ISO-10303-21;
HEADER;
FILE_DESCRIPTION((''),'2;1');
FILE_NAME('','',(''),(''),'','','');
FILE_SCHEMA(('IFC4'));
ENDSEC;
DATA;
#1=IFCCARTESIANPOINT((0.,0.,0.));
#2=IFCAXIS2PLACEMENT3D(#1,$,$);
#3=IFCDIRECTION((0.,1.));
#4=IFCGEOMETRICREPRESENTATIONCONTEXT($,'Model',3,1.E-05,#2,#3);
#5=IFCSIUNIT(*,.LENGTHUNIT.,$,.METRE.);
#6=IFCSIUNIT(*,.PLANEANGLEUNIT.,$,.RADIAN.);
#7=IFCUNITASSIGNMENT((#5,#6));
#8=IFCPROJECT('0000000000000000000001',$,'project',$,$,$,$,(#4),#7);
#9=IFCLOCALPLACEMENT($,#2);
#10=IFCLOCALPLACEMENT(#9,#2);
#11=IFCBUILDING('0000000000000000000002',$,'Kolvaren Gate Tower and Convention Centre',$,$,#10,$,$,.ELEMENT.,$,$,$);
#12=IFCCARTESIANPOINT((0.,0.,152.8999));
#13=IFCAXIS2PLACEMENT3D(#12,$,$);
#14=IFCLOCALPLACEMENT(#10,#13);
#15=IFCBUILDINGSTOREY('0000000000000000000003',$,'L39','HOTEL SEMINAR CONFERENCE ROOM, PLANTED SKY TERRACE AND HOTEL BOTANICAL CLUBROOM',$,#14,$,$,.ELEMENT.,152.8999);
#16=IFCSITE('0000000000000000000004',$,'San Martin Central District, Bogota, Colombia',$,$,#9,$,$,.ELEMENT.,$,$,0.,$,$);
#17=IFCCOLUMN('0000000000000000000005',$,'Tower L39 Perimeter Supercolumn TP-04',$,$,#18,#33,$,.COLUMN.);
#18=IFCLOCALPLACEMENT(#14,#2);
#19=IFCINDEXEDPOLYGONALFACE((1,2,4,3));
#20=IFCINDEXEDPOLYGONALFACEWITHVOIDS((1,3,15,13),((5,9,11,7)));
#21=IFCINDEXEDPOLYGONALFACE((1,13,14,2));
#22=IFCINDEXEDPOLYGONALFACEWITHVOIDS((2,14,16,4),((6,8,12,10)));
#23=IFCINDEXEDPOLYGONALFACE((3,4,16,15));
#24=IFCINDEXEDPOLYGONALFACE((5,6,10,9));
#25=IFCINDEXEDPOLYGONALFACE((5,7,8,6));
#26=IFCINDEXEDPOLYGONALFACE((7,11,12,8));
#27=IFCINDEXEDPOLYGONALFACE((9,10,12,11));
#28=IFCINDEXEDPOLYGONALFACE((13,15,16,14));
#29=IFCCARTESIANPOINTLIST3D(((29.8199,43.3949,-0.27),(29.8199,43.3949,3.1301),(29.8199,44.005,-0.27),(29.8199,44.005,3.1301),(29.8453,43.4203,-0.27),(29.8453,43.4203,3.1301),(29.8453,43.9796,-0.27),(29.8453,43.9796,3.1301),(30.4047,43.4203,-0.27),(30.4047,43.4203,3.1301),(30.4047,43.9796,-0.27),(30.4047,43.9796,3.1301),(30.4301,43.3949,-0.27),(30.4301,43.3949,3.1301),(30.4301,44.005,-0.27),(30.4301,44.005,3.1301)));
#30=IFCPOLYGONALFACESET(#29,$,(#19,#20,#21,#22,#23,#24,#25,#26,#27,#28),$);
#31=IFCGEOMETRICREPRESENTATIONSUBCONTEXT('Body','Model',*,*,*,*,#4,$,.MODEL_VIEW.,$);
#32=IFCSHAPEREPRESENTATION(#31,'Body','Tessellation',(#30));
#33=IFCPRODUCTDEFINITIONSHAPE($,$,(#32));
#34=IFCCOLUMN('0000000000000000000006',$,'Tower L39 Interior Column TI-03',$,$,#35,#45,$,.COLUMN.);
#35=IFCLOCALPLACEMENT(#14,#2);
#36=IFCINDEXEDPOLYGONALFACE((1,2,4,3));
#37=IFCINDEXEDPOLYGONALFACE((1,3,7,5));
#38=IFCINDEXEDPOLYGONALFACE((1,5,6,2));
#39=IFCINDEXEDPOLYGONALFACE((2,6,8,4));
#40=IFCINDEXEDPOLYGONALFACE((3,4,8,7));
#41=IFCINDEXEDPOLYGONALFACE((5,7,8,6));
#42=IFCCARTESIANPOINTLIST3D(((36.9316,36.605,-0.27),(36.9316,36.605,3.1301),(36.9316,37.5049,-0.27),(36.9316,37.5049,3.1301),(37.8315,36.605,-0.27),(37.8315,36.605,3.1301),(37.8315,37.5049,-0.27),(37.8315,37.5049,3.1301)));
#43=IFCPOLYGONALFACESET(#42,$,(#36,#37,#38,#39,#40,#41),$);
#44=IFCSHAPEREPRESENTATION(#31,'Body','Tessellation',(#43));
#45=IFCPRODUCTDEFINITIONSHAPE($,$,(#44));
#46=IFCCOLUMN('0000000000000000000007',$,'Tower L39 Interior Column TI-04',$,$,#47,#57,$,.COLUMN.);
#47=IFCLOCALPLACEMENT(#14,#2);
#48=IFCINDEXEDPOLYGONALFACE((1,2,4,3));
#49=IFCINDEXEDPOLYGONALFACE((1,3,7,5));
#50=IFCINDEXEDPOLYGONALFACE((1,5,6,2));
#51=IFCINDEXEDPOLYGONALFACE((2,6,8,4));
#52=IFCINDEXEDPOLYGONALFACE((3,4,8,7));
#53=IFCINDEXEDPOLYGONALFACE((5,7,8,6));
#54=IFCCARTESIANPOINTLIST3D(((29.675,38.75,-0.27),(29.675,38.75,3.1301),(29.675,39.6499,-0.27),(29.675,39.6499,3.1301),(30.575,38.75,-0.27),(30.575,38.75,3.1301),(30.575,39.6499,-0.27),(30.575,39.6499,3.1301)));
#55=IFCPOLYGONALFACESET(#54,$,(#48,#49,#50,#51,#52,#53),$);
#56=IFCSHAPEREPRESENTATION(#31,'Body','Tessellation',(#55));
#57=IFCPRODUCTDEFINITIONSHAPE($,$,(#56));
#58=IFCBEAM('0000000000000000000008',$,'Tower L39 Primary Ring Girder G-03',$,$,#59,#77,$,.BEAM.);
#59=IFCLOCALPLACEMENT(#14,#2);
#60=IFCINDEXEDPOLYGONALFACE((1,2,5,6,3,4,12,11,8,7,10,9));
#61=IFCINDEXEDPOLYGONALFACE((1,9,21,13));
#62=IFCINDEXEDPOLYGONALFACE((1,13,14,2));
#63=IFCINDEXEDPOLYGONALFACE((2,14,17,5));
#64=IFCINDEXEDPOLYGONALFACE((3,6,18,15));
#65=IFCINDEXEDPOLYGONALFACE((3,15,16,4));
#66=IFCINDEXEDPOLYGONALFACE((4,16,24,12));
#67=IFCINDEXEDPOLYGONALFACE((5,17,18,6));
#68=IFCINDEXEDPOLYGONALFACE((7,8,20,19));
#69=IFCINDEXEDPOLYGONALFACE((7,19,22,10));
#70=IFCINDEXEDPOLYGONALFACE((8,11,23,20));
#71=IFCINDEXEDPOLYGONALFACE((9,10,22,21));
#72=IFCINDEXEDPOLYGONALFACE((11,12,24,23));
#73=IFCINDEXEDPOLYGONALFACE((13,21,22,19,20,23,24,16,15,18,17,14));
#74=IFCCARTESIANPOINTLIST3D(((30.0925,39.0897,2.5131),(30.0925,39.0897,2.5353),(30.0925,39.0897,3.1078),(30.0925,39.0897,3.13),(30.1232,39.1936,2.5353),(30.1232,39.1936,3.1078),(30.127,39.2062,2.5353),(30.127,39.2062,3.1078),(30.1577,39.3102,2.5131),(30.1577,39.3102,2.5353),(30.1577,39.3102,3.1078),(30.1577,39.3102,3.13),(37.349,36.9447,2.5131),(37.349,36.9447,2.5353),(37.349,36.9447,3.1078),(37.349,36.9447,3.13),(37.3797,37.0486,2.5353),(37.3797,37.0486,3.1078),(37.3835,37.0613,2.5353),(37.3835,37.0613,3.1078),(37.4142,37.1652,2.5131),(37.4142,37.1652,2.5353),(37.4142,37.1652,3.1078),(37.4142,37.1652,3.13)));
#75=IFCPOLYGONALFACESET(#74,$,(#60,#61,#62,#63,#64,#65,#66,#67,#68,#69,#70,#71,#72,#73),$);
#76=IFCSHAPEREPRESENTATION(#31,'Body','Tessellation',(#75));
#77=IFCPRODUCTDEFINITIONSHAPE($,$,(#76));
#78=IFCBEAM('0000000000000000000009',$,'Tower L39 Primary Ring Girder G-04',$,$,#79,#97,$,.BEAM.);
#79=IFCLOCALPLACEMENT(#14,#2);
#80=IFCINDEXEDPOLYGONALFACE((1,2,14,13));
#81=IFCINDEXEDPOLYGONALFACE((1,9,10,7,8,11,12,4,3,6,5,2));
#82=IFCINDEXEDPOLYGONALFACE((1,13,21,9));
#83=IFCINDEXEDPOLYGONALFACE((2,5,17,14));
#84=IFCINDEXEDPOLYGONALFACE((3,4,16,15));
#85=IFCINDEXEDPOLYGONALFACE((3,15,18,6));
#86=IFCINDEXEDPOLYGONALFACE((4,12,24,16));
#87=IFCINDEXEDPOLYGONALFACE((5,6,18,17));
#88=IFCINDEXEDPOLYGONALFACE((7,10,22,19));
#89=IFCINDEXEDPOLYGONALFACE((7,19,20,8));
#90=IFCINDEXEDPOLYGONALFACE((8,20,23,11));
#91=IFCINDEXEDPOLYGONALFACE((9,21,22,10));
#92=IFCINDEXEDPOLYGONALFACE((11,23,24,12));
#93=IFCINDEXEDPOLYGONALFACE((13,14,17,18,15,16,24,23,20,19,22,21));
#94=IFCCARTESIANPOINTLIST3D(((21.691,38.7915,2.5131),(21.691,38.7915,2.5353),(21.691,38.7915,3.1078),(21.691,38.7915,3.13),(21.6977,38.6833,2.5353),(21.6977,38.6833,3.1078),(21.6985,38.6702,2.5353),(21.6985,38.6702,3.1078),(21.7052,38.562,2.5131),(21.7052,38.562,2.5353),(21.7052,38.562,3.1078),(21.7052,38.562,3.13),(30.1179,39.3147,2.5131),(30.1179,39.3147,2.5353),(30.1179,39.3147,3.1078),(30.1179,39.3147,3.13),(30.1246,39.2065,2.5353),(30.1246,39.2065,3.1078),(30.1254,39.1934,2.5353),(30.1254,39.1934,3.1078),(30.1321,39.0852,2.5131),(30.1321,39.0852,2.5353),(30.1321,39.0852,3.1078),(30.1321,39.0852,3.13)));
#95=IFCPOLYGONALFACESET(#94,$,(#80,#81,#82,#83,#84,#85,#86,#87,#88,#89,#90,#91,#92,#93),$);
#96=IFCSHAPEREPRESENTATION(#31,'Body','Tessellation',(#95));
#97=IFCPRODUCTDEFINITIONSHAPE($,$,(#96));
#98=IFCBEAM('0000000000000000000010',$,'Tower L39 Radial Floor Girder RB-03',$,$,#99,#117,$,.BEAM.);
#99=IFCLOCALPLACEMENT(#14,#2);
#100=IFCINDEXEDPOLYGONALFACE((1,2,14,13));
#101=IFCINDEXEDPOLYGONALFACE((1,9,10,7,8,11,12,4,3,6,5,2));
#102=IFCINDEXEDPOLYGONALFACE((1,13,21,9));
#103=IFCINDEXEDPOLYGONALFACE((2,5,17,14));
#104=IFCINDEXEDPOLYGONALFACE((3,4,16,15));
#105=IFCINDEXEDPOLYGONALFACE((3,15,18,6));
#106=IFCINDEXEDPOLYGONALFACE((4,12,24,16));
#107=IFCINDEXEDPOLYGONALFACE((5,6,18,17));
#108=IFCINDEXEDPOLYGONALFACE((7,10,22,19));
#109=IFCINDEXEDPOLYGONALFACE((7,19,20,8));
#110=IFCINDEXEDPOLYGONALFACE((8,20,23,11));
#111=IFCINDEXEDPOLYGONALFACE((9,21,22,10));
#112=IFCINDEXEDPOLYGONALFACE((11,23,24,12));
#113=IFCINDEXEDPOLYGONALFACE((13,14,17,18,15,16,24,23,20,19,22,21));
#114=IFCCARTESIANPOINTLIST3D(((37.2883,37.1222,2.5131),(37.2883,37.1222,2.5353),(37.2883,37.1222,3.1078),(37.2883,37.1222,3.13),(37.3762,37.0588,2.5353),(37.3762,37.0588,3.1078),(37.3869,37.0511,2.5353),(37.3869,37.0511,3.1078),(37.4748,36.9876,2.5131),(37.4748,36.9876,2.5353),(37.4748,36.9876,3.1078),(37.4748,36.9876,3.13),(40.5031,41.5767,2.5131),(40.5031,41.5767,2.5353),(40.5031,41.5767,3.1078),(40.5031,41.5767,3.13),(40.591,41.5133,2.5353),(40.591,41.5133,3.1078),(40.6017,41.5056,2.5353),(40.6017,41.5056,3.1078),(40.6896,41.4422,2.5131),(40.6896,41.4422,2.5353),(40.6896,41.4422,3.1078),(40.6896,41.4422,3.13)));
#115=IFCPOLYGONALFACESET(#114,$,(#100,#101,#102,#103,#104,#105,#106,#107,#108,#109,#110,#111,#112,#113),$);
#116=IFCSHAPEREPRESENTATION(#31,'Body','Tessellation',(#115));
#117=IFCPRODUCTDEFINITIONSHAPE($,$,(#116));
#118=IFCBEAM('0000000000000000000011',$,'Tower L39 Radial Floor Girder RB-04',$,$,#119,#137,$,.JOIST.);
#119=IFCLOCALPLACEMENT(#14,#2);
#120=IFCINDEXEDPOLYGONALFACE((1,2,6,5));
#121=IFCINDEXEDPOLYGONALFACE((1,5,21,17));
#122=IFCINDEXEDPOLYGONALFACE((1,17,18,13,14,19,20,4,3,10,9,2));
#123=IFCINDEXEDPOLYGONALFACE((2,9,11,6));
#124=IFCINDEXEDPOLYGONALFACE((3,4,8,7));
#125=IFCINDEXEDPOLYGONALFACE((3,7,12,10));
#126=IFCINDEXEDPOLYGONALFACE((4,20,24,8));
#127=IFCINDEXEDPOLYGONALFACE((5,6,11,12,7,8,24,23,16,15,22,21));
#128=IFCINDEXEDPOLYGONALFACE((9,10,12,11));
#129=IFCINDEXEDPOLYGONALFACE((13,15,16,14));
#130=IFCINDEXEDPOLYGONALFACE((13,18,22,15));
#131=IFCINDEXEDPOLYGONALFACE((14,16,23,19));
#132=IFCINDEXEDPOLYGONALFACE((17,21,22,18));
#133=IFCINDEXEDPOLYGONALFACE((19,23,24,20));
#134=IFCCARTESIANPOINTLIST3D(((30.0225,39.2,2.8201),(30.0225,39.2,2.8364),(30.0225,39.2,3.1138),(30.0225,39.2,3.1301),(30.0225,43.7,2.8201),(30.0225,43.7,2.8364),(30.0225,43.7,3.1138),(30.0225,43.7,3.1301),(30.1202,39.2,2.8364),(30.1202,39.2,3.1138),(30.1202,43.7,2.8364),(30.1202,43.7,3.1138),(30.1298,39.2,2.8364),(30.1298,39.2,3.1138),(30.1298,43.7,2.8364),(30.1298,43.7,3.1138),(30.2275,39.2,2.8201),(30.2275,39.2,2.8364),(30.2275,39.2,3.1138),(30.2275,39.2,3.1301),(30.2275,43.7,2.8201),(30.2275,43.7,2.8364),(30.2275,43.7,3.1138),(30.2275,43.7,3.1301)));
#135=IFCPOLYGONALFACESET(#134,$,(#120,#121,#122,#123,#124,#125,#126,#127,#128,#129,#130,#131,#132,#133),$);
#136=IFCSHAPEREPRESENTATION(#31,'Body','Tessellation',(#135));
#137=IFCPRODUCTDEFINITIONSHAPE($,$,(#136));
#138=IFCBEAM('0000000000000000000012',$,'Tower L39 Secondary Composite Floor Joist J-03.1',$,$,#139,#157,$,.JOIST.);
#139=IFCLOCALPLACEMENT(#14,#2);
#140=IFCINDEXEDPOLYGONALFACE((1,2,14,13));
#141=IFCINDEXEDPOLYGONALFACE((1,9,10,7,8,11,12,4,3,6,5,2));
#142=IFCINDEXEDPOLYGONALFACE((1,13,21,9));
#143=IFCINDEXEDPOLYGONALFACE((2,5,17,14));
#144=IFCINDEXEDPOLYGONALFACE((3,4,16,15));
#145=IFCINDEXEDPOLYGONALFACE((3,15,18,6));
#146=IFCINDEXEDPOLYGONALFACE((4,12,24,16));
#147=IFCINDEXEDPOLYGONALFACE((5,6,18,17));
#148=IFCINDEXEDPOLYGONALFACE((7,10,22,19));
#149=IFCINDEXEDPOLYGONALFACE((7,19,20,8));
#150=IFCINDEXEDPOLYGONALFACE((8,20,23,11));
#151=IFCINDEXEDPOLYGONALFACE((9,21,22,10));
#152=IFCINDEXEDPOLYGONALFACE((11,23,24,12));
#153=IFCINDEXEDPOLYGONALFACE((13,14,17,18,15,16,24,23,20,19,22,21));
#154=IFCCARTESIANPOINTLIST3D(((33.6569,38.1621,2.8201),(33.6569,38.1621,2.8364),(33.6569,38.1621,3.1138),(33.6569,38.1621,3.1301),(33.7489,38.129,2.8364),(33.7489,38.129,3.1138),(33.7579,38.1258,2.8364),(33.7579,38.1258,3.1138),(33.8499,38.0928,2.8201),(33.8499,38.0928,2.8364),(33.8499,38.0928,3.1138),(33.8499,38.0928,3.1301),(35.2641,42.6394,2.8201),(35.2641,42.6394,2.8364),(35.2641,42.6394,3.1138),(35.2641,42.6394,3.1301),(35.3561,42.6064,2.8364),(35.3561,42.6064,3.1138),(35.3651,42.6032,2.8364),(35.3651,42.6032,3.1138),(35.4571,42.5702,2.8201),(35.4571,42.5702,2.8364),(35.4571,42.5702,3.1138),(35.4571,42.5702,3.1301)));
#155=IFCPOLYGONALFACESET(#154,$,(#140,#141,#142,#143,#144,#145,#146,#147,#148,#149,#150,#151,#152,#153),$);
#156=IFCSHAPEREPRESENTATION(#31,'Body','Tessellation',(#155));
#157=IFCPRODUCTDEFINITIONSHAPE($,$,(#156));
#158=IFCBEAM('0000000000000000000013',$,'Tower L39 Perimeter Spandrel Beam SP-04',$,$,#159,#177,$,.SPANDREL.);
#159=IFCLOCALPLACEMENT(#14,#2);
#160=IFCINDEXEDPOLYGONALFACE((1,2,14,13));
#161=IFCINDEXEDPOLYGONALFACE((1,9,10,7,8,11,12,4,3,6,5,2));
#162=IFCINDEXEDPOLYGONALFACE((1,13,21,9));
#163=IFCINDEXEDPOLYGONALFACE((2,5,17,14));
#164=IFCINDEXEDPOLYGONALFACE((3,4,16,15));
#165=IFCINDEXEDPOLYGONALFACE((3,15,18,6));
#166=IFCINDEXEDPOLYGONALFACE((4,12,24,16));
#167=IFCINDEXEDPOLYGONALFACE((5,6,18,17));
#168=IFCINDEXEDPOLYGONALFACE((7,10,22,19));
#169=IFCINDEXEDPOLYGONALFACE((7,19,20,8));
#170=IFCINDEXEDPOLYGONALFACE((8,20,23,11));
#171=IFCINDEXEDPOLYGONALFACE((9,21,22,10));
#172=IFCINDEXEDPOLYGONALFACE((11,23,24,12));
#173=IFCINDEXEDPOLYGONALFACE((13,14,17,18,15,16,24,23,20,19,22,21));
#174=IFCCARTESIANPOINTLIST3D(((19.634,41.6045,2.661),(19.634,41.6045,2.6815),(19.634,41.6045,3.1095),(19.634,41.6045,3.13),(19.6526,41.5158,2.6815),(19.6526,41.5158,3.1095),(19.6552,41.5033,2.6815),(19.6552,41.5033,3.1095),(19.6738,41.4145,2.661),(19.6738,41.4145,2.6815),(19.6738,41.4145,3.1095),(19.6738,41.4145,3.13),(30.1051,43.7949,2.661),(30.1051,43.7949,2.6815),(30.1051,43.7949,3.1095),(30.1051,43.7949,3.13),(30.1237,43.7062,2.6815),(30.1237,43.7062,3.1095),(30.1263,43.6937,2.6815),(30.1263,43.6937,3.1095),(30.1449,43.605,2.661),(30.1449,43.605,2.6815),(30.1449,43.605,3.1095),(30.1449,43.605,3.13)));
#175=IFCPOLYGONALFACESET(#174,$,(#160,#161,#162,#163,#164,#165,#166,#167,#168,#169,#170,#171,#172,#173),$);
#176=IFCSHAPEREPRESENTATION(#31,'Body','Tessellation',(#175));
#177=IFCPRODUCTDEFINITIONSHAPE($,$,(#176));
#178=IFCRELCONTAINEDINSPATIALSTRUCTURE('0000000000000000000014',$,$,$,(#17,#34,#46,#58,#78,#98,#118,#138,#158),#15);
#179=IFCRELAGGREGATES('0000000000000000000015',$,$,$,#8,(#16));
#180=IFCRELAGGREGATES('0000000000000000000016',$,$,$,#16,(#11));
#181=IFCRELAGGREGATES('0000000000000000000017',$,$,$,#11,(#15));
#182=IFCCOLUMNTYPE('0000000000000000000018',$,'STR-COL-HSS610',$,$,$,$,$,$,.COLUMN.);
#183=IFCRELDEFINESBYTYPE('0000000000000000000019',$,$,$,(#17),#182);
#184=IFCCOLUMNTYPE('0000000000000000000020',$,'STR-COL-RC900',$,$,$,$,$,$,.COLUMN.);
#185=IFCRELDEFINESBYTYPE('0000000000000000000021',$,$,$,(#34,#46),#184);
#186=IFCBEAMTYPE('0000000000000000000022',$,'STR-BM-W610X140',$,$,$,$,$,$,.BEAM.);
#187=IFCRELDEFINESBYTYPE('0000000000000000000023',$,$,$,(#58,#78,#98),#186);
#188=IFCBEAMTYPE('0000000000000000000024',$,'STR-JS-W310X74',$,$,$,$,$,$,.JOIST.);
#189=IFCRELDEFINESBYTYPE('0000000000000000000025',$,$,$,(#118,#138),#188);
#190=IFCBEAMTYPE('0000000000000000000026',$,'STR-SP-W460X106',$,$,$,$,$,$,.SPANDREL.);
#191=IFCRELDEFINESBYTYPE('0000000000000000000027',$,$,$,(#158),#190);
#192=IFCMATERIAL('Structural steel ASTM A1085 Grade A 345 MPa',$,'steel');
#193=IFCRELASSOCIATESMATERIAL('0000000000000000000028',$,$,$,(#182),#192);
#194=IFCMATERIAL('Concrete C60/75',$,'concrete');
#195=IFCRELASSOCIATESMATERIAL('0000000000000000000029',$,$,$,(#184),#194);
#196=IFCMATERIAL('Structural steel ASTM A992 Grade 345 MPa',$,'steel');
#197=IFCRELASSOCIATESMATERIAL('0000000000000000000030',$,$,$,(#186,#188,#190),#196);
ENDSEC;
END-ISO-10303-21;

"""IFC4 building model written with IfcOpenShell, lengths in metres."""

from ifc_helpers import new_model, si_unit, direction, frame, origin, origin_2d, place, context, subcontext, project, spatial, rectangle, hollow_rectangle, i_section, extrude, material, material_profile, profile_set, type_object, element, save


model = new_model("IFC4")

# Units and contexts
model_context = context("Model", 3, precision=1e-05, world=origin(), true_north=direction((0.0, 1.0)))
body_context = subcontext(model_context, "Body", "Model", "MODEL_VIEW")
ifc_project = project(units=[si_unit("LENGTHUNIT", "METRE"), si_unit("PLANEANGLEUNIT", "RADIAN")], contexts=[model_context])

# Site, building, storey
site_placement = place(None, origin())
site = spatial("IfcSite", under=ifc_project, at=site_placement, Name="San Martin Central District, Bogota, Colombia", CompositionType="ELEMENT", RefElevation=0.0)
building_placement = place(site_placement, origin())
building = spatial("IfcBuilding", under=site, at=building_placement, Name="Kolvaren Gate Tower and Convention Centre", CompositionType="ELEMENT")
storey_placement = place(building_placement, frame((0.0, 0.0, 152.8999)))
storey = spatial("IfcBuildingStorey", under=building, at=storey_placement, Name="L39", Description="HOTEL SEMINAR CONFERENCE ROOM, PLANTED SKY TERRACE AND HOTEL BOTANICAL CLUBROOM", CompositionType="ELEMENT", Elevation=152.8999)

# Columns
ifc_material_1 = material(Name="Structural steel ASTM A1085 Grade A 345 MPa", Category="steel")
ifc_material_profile_1 = material_profile(ifc_material_1, hollow_rectangle(XDim=0.6101, YDim=0.6101, WallThickness=0.0254, at=origin_2d()), Name="HSS610X610X25.4")
ifc_profile_set_1 = profile_set([ifc_material_profile_1], Name="Structural steel ASTM A1085 Grade A 345 MPa")
column_type_1 = type_object("IfcColumnType", Name="STR-COL-HSS610", PredefinedType="COLUMN", material=ifc_profile_set_1)
column_placement = place(storey_placement, frame((30.125, 43.7, -0.27), z_axis=(0.0, 0.0, 1.0), x_axis=(1.0, 0.0, 0.0)))
element("IfcColumn", 1, at=column_placement, inside=storey, type_object=column_type_1, Name="Tower L39 Perimeter Supercolumn TP-04", PredefinedType="COLUMN", context=body_context, shape_type="SweptSolid", body=[
    extrude(hollow_rectangle(XDim=0.6101, YDim=0.6101, WallThickness=0.0254, at=origin_2d()), origin(), (0.0, 0.0, 1.0), 3.4001),
])
ifc_material_2 = material(Name="Concrete C60/75", Category="concrete")
ifc_material_profile_2 = material_profile(ifc_material_2, rectangle(XDim=0.8999, YDim=0.8999, at=origin_2d()), Name="RC-COL-900X900")
ifc_profile_set_2 = profile_set([ifc_material_profile_2], Name="Concrete C60/75")
column_type_2 = type_object("IfcColumnType", Name="STR-COL-RC900", PredefinedType="COLUMN", material=ifc_profile_set_2)
for number, where, z_axis, x_axis, name in (
    (2, (37.3816, 37.0549, -0.27), (0.0, 0.0, 1.0), (1.0, 0.0, 0.0), "Tower L39 Interior Column TI-03"),
    (3, (30.125, 39.2, -0.27), (0.0, 0.0, 1.0), (1.0, 0.0, 0.0), "Tower L39 Interior Column TI-04"),
):
    element("IfcColumn", number, at=place(storey_placement, frame(where, z_axis=z_axis, x_axis=x_axis)), inside=storey, type_object=column_type_2, Name=name, PredefinedType="COLUMN", context=body_context, shape_type="SweptSolid", body=[
        extrude(rectangle(XDim=0.8999, YDim=0.8999, at=origin_2d()), origin(), (0.0, 0.0, 1.0), 3.4001),
    ])

# Beams
ifc_material_3 = material(Name="Structural steel ASTM A992 Grade 345 MPa", Category="steel")
ifc_material_profile_3 = material_profile(ifc_material_3, i_section(OverallWidth=0.23, OverallDepth=0.6169, WebThickness=0.0132, FlangeThickness=0.0222, at=origin_2d()), Name="W610X140")
ifc_profile_set_3 = profile_set([ifc_material_profile_3], Name="Structural steel ASTM A992 Grade 345 MPa")
beam_type_1 = type_object("IfcBeamType", Name="STR-BM-W610X140", PredefinedType="BEAM", material=ifc_profile_set_3)
beam_1_placement = place(storey_placement, frame((37.3816, 37.0549, 2.8215), z_axis=(-0.958981, 0.283471, 0.0), x_axis=(-0.283471, -0.958981, 0.0)))
element("IfcBeam", 4, at=beam_1_placement, inside=storey, type_object=beam_type_1, Name="Tower L39 Primary Ring Girder G-03", PredefinedType="BEAM", context=body_context, shape_type="SweptSolid", body=[
    extrude(i_section(OverallWidth=0.23, OverallDepth=0.6169, WebThickness=0.0132, FlangeThickness=0.0222, at=origin_2d()), origin(), (0.0, 0.0, 1.0), 7.5669),
])
beam_2_placement = place(storey_placement, frame((30.125, 39.2, 2.8215), z_axis=(-0.998078, -0.061966, 0.0), x_axis=(0.061966, -0.998078, 0.0)))
element("IfcBeam", 5, at=beam_2_placement, inside=storey, type_object=beam_type_1, Name="Tower L39 Primary Ring Girder G-04", PredefinedType="BEAM", context=body_context, shape_type="SweptSolid", body=[
    extrude(i_section(OverallWidth=0.23, OverallDepth=0.6169, WebThickness=0.0132, FlangeThickness=0.0222, at=origin_2d()), origin(), (0.0, 0.0, 1.0), 8.4431),
])
beam_3_placement = place(storey_placement, frame((37.3816, 37.0549, 2.8215), z_axis=(0.585208, 0.810883, 0.0), x_axis=(-0.810883, 0.585208, 0.0)))
element("IfcBeam", 6, at=beam_3_placement, inside=storey, type_object=beam_type_1, Name="Tower L39 Radial Floor Girder RB-03", PredefinedType="BEAM", context=body_context, shape_type="SweptSolid", body=[
    extrude(i_section(OverallWidth=0.23, OverallDepth=0.6169, WebThickness=0.0132, FlangeThickness=0.0222, at=origin_2d()), origin(), (0.0, 0.0, 1.0), 5.4934),
])
ifc_material_profile_4 = material_profile(ifc_material_3, i_section(OverallWidth=0.2051, OverallDepth=0.3101, WebThickness=0.0095, FlangeThickness=0.0164, at=origin_2d()), Name="W310X74")
ifc_profile_set_4 = profile_set([ifc_material_profile_4], Name="Structural steel ASTM A992 Grade 345 MPa")
beam_type_2 = type_object("IfcBeamType", Name="STR-JS-W310X74", PredefinedType="JOIST", material=ifc_profile_set_4)
beam_4_placement = place(storey_placement, frame((30.125, 39.2, 2.9751), z_axis=(0.0, 1.0, 0.0), x_axis=(-1.0, 0.0, 0.0)))
element("IfcBeam", 7, at=beam_4_placement, inside=storey, type_object=beam_type_2, Name="Tower L39 Radial Floor Girder RB-04", PredefinedType="JOIST", context=body_context, shape_type="SweptSolid", body=[
    extrude(i_section(OverallWidth=0.2051, OverallDepth=0.3101, WebThickness=0.0095, FlangeThickness=0.0164, at=origin_2d()), origin(), (0.0, 0.0, 1.0), 4.5),
])
beam_5_placement = place(storey_placement, frame((33.7534, 38.1274, 2.9751), z_axis=(0.337854, 0.941198, 0.0), x_axis=(-0.941198, 0.337854, 0.0)))
element("IfcBeam", 8, at=beam_5_placement, inside=storey, type_object=beam_type_2, Name="Tower L39 Secondary Composite Floor Joist J-03.1", PredefinedType="JOIST", context=body_context, shape_type="SweptSolid", body=[
    extrude(i_section(OverallWidth=0.2051, OverallDepth=0.3101, WebThickness=0.0095, FlangeThickness=0.0164, at=origin_2d()), origin(), (0.0, 0.0, 1.0), 4.7571),
])
ifc_material_profile_5 = material_profile(ifc_material_3, i_section(OverallWidth=0.1941, OverallDepth=0.469, WebThickness=0.0127, FlangeThickness=0.0205, at=origin_2d()), Name="W460X106")
ifc_profile_set_5 = profile_set([ifc_material_profile_5], Name="Structural steel ASTM A992 Grade 345 MPa")
beam_type_3 = type_object("IfcBeamType", Name="STR-SP-W460X106", PredefinedType="SPANDREL", material=ifc_profile_set_5)
beam_6_placement = place(storey_placement, frame((30.125, 43.7, 2.8955), z_axis=(-0.978813, -0.204754, 0.0), x_axis=(0.204754, -0.978813, 0.0)))
element("IfcBeam", 9, at=beam_6_placement, inside=storey, type_object=beam_type_3, Name="Tower L39 Perimeter Spandrel Beam SP-04", PredefinedType="SPANDREL", context=body_context, shape_type="SweptSolid", body=[
    extrude(i_section(OverallWidth=0.1941, OverallDepth=0.469, WebThickness=0.0127, FlangeThickness=0.0205, at=origin_2d()), origin(), (0.0, 0.0, 1.0), 10.6978),
])

save(model, "model.ifc")
